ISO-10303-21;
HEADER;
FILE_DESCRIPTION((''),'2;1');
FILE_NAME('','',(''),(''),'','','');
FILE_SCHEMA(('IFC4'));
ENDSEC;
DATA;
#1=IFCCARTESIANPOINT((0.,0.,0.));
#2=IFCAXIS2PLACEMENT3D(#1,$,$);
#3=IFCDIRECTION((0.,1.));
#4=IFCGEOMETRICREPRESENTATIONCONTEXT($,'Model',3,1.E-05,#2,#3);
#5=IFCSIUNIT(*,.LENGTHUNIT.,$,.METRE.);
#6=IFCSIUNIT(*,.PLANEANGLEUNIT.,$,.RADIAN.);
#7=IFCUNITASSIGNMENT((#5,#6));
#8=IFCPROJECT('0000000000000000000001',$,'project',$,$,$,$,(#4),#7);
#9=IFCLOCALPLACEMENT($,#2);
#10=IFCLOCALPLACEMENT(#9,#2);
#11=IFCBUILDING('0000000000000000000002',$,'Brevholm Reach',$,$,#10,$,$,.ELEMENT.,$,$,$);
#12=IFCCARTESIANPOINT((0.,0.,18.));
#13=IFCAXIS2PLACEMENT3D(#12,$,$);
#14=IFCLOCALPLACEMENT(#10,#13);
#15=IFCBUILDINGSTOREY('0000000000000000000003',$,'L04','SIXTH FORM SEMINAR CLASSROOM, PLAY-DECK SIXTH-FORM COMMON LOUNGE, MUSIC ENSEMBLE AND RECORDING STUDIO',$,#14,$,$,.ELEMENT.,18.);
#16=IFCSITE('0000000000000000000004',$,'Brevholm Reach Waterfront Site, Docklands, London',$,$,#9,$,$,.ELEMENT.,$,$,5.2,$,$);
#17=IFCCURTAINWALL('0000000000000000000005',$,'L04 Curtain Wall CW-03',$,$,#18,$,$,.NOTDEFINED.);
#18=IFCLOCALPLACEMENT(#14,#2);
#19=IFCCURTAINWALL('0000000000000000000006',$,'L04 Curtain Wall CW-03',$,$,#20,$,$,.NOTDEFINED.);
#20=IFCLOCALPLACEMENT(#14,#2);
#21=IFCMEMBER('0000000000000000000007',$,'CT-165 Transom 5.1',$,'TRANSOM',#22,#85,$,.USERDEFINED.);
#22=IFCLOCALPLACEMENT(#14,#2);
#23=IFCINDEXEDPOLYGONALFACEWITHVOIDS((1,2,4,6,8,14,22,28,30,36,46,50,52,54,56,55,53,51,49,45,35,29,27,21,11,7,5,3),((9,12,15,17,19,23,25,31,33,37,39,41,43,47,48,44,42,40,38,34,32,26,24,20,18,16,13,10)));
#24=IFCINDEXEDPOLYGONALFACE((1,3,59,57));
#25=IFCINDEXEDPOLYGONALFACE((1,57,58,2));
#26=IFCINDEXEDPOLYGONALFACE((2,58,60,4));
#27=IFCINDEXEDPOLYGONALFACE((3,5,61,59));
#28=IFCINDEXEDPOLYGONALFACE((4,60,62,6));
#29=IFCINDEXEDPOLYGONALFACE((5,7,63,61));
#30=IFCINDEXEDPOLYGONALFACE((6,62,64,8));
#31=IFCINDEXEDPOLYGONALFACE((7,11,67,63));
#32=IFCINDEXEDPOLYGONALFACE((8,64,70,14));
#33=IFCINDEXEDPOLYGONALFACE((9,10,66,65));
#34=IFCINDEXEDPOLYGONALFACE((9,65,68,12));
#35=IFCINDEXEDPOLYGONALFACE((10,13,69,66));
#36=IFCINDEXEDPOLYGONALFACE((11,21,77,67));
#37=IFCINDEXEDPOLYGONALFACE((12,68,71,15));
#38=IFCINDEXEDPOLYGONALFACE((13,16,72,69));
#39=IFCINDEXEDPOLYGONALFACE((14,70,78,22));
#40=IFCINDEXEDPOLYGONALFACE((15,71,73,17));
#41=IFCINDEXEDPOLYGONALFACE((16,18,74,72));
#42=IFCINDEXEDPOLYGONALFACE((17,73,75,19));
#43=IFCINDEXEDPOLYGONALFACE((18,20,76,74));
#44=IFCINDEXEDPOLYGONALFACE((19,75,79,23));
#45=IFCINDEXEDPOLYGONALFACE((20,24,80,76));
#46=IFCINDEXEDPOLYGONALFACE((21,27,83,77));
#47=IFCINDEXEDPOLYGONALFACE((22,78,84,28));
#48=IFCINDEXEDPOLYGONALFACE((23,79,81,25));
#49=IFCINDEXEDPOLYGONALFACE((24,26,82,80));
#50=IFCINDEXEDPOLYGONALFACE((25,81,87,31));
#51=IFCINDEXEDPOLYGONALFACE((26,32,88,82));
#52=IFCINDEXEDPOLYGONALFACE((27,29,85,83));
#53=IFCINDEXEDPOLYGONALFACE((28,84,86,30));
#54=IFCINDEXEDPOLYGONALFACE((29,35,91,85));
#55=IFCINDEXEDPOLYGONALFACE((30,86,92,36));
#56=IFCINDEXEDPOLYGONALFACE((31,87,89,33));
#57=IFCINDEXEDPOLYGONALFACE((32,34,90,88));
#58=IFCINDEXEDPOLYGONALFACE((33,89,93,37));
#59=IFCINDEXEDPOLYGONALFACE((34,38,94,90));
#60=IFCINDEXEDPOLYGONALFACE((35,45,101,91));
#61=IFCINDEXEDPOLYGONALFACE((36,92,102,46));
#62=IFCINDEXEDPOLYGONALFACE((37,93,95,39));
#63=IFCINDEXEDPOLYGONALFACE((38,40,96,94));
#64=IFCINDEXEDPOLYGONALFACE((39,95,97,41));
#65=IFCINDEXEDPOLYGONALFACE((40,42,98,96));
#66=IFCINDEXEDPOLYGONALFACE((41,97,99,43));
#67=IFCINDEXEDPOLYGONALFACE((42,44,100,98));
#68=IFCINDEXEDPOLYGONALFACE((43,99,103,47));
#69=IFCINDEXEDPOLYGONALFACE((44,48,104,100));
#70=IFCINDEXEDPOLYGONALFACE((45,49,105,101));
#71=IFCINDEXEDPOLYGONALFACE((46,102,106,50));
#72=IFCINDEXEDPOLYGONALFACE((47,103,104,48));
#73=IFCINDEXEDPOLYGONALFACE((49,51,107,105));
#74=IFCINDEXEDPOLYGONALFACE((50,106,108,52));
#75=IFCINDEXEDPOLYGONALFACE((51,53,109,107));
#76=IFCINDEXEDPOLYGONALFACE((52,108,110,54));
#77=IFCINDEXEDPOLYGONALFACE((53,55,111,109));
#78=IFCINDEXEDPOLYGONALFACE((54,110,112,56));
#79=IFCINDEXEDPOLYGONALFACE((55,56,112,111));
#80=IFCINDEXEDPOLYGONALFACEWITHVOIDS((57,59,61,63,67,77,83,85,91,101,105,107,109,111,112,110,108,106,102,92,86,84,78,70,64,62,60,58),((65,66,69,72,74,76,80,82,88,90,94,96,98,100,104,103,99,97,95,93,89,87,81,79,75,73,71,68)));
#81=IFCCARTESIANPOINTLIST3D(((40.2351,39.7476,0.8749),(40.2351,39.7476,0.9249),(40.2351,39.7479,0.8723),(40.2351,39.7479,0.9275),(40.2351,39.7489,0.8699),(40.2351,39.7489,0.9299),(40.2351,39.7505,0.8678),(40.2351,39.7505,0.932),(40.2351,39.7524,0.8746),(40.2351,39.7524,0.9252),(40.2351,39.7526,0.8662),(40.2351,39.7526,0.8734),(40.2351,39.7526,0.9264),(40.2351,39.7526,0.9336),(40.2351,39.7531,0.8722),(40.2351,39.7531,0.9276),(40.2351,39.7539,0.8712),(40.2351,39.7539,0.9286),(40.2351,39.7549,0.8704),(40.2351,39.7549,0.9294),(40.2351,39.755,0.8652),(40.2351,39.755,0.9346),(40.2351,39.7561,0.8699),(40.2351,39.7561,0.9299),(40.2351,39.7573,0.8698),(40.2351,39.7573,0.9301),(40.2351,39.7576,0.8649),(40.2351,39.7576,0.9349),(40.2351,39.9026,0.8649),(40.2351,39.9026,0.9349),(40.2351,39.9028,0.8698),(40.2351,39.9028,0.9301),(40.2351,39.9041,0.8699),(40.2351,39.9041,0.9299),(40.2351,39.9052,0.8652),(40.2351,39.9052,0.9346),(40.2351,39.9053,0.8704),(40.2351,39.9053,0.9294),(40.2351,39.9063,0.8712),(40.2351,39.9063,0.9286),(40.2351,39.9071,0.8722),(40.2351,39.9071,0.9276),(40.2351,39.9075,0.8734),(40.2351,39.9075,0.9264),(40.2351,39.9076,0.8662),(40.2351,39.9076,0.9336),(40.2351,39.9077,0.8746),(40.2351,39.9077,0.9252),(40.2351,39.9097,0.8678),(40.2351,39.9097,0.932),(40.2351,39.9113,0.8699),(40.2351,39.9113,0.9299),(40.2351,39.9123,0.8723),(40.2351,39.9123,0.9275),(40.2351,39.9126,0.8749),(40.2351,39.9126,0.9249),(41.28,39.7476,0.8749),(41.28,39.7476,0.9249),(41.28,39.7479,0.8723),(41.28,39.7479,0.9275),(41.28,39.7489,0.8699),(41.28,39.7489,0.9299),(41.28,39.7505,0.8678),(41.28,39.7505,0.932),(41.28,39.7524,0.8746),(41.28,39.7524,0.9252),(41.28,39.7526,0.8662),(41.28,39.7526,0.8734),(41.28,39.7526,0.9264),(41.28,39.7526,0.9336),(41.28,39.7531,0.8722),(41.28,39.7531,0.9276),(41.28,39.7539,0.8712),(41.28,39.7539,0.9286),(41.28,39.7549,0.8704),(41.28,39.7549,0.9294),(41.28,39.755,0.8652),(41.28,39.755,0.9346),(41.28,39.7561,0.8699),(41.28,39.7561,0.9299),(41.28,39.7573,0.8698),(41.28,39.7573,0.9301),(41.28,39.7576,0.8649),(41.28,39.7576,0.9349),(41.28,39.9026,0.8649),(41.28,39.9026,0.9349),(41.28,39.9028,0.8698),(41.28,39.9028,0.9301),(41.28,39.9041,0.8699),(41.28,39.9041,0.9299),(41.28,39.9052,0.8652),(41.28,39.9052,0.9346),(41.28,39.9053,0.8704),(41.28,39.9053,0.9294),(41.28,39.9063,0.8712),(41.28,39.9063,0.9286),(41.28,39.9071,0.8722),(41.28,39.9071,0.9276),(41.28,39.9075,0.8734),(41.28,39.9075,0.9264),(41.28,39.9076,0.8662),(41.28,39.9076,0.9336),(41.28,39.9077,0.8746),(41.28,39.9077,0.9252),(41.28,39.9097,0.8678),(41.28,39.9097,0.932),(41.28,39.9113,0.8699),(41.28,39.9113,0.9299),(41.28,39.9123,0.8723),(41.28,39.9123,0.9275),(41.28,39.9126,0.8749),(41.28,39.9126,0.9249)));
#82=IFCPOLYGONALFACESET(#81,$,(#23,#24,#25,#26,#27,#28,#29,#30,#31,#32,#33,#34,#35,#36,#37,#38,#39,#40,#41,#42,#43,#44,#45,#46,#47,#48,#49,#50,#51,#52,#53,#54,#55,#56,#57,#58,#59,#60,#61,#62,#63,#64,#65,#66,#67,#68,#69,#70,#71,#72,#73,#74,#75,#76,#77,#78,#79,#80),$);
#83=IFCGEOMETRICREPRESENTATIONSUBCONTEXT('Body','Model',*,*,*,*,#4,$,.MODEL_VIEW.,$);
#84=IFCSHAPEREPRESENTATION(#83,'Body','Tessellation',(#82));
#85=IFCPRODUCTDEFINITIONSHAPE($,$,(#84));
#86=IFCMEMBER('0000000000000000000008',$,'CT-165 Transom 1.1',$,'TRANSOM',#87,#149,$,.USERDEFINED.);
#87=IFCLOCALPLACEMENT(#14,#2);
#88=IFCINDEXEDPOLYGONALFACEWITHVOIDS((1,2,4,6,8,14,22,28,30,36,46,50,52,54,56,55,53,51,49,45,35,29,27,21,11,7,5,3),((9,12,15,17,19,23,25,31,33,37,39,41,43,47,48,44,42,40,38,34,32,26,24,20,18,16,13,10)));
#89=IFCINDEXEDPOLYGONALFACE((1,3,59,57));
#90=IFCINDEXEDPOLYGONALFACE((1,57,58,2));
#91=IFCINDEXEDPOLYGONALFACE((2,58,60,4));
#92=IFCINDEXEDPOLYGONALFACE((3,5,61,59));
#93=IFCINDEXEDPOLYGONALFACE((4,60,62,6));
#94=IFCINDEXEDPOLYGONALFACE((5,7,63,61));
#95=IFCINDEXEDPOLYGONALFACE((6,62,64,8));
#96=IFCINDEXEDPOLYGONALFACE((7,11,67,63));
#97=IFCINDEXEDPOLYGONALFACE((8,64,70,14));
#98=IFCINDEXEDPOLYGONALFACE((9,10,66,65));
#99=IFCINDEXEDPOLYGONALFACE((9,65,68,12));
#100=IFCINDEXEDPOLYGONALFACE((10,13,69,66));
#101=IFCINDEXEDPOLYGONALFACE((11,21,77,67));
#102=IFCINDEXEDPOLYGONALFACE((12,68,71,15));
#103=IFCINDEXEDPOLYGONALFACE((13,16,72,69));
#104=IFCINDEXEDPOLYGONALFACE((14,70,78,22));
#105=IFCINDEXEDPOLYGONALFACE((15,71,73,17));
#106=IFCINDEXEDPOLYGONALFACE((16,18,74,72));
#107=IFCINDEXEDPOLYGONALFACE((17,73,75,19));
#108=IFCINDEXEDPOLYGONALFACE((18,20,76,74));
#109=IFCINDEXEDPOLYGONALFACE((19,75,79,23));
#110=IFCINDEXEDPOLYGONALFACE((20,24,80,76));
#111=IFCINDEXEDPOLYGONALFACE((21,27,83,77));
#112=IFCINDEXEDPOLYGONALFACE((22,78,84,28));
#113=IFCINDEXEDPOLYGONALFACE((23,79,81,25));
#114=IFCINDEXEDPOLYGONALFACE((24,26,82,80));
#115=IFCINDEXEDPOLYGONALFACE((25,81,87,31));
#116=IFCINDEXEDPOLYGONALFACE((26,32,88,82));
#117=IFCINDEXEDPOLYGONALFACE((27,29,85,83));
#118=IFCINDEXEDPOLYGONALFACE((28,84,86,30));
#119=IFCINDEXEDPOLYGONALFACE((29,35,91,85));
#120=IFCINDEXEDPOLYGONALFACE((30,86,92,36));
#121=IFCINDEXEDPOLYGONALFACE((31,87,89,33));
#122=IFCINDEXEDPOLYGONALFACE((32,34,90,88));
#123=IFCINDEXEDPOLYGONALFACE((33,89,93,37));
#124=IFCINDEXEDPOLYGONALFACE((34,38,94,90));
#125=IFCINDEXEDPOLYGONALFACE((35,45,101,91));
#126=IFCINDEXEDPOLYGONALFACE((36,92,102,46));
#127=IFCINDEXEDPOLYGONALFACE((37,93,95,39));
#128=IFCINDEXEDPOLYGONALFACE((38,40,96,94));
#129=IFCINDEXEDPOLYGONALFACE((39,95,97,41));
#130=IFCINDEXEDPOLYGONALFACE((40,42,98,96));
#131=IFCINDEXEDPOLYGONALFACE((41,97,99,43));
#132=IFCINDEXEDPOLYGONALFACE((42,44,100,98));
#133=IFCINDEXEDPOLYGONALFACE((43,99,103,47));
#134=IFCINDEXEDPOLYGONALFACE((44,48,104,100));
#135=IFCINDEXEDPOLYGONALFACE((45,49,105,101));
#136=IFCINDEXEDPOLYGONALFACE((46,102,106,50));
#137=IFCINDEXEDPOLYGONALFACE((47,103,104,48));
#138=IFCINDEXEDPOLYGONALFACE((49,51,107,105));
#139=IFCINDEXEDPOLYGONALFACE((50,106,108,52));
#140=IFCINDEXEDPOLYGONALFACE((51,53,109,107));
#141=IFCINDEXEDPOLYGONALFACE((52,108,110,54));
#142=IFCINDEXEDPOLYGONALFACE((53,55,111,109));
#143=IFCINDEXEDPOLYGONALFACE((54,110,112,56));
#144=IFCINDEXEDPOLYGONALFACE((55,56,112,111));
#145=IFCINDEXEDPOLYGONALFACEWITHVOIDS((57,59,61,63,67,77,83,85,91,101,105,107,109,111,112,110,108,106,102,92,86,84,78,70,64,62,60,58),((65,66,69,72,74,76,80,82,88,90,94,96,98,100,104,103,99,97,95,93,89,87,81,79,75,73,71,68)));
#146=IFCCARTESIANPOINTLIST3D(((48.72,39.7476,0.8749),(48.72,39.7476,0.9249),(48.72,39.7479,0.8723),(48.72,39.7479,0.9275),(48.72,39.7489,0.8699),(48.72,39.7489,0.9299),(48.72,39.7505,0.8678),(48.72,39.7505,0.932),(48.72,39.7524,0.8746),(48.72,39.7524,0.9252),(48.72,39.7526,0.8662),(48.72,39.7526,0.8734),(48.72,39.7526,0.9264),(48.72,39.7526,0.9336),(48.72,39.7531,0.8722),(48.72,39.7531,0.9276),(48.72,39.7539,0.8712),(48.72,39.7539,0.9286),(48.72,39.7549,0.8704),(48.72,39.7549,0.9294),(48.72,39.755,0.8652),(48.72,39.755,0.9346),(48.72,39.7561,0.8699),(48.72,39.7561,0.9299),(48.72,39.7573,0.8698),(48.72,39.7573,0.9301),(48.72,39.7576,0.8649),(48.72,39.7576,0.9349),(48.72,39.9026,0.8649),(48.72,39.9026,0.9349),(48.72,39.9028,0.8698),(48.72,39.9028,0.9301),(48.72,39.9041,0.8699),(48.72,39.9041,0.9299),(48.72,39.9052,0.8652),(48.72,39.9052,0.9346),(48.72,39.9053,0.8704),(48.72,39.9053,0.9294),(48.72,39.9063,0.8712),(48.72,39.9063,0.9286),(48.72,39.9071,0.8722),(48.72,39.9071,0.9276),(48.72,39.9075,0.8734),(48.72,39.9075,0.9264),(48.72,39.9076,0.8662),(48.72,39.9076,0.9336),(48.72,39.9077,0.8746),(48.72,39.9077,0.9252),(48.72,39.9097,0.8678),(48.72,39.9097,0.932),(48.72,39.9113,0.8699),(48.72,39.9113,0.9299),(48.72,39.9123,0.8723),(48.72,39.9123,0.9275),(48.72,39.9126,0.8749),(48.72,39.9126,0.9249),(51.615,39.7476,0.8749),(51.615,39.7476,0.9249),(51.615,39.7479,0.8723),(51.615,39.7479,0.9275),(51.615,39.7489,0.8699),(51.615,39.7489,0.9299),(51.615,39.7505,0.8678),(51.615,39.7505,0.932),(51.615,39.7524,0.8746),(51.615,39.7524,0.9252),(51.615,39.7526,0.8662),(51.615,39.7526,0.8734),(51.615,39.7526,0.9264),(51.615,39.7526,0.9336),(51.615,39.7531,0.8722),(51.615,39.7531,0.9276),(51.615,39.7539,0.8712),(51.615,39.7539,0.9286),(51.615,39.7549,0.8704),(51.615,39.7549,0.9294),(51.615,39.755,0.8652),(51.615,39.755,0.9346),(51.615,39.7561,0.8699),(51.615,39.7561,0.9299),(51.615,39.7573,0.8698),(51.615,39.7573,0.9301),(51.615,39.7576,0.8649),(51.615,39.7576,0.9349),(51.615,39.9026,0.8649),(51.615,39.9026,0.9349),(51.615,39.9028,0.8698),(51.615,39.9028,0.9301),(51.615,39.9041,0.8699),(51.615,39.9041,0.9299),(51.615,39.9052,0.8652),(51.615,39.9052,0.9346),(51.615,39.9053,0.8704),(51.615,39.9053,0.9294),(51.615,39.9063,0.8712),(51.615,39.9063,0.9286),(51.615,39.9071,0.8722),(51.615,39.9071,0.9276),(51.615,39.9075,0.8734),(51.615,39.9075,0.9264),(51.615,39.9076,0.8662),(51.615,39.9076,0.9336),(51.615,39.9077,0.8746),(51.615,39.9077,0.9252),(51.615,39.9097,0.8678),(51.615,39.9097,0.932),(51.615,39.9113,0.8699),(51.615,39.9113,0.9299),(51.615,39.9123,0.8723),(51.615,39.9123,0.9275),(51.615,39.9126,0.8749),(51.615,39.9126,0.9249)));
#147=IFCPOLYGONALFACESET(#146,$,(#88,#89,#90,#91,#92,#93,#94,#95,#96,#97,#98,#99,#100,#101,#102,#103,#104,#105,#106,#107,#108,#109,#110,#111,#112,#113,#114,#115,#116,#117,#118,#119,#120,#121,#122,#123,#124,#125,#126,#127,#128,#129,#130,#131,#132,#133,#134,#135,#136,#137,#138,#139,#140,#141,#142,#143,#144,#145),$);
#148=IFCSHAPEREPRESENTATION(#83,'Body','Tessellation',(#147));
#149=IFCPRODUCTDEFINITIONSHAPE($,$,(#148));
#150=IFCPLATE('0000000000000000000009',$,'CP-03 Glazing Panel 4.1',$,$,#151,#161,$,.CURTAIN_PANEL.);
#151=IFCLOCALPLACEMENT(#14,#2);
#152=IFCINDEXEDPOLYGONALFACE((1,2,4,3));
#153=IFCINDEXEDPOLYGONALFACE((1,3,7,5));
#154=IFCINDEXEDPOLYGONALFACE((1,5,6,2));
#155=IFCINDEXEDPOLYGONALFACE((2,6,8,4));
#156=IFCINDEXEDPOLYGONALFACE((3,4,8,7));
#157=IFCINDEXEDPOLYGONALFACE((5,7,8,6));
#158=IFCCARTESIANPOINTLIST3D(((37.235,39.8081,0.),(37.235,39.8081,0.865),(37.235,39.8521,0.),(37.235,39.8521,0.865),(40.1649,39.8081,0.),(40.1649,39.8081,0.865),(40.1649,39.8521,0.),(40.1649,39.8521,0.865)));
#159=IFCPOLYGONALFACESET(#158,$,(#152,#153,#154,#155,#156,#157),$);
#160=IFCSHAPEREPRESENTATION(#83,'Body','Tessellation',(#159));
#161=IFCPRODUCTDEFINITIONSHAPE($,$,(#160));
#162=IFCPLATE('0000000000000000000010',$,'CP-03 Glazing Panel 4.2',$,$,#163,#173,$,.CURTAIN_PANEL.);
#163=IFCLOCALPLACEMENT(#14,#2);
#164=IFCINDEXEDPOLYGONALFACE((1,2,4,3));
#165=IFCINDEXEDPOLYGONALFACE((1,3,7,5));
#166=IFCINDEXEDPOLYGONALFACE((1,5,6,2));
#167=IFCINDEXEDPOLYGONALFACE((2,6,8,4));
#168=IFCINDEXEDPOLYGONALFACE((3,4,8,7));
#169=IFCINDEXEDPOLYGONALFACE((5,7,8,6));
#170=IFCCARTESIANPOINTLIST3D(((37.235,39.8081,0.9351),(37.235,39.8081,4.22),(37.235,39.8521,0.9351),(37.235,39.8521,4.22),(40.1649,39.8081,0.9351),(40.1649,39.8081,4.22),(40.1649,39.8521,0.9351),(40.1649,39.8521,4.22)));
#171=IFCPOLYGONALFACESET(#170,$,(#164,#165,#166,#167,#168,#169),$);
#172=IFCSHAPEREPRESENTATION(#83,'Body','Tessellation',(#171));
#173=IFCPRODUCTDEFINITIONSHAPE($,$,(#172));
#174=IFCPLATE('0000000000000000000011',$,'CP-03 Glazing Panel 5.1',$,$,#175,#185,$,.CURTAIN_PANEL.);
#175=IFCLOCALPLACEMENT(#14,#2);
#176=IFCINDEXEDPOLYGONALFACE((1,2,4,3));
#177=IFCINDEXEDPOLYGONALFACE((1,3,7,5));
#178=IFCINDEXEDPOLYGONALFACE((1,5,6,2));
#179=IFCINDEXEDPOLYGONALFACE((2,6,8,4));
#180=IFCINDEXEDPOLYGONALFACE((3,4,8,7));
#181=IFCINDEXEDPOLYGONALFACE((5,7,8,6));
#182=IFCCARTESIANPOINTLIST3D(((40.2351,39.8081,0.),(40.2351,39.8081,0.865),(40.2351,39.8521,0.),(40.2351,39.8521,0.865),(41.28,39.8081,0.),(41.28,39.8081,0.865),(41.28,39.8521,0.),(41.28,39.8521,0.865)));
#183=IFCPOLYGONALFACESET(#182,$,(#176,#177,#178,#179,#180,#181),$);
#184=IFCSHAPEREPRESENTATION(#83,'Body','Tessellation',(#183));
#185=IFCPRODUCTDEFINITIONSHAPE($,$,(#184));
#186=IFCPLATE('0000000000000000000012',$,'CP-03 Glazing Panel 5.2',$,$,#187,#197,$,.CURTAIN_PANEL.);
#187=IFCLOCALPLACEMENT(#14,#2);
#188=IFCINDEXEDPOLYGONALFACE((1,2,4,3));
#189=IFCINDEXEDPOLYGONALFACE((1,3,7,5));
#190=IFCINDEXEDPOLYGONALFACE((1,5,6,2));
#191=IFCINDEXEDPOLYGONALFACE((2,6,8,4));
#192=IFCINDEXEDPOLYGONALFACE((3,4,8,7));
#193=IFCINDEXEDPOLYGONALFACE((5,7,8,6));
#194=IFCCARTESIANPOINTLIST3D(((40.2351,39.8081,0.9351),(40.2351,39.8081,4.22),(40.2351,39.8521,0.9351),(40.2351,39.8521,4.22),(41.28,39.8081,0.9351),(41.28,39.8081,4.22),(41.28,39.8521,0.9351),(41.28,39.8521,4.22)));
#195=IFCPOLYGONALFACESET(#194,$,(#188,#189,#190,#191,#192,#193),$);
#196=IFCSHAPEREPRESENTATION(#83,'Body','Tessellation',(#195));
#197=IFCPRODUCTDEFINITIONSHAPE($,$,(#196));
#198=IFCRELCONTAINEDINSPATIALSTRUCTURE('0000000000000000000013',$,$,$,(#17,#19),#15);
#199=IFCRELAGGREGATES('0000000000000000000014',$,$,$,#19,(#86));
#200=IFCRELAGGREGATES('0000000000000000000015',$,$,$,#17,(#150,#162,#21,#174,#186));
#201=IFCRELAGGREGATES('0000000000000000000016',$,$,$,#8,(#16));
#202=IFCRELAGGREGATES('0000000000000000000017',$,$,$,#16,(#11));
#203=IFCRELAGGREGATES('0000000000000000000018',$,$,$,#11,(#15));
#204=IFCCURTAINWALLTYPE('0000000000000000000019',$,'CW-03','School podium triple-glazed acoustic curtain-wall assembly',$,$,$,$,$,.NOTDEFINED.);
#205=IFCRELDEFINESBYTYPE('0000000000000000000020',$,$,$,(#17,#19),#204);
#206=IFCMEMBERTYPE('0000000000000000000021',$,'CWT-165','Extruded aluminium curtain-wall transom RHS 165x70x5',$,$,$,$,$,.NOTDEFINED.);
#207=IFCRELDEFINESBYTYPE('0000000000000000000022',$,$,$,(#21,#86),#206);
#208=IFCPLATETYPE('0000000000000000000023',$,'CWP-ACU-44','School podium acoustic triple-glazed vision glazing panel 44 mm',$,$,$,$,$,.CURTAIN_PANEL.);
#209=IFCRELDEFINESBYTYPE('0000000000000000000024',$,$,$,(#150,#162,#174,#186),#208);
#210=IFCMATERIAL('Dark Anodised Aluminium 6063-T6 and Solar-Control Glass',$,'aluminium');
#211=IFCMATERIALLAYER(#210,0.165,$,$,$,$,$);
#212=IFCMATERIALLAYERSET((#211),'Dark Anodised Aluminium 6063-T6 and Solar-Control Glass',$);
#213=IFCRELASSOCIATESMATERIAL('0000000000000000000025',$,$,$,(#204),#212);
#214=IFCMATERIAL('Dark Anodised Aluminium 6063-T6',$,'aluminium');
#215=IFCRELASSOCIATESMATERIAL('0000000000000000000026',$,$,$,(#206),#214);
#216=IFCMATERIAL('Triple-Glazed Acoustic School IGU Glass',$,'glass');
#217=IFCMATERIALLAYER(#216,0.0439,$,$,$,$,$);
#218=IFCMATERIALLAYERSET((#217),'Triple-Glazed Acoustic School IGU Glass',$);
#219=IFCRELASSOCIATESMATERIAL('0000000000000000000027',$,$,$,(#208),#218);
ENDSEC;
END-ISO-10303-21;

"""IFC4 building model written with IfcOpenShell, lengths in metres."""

from ifc_helpers import new_model, si_unit, direction, frame, origin, origin_2d, place, context, subcontext, project, spatial, rectangle, hollow_rectangle, extrude, material, layer, layer_set, material_profile, profile_set, type_object, element, aggregate, save


model = new_model("IFC4")

# Units and contexts
model_context = context("Model", 3, precision=1e-05, world=origin(), true_north=direction((0.0, 1.0)))
body_context = subcontext(model_context, "Body", "Model", "MODEL_VIEW")
ifc_project = project(units=[si_unit("LENGTHUNIT", "METRE"), si_unit("PLANEANGLEUNIT", "RADIAN")], contexts=[model_context])

# Site, building, storey
site_placement = place(None, origin())
site = spatial("IfcSite", under=ifc_project, at=site_placement, Name="Brevholm Reach Waterfront Site, Docklands, London", CompositionType="ELEMENT", RefElevation=5.2)
building_placement = place(site_placement, origin())
building = spatial("IfcBuilding", under=site, at=building_placement, Name="Brevholm Reach", CompositionType="ELEMENT")
storey_placement = place(building_placement, frame((0.0, 0.0, 18.0)))
storey = spatial("IfcBuildingStorey", under=building, at=storey_placement, Name="L04", Description="SIXTH FORM SEMINAR CLASSROOM, PLAY-DECK SIXTH-FORM COMMON LOUNGE, MUSIC ENSEMBLE AND RECORDING STUDIO", CompositionType="ELEMENT", Elevation=18.0)

# Curtain wall
ifc_material_1 = material(Name="Dark Anodised Aluminium 6063-T6 and Solar-Control Glass", Category="aluminium")
ifc_layer_1 = layer(ifc_material_1, 0.165)
ifc_layer_set_1 = layer_set([ifc_layer_1], Name="Dark Anodised Aluminium 6063-T6 and Solar-Control Glass")
curtain_wall_type = type_object("IfcCurtainWallType", Name="CW-03", Description="School podium triple-glazed acoustic curtain-wall assembly", PredefinedType="NOTDEFINED", material=ifc_layer_set_1)
curtain_wall_1_placement = place(storey_placement, origin())
curtain_wall_1 = element("IfcCurtainWall", 1, at=curtain_wall_1_placement, inside=storey, type_object=curtain_wall_type, Name="L04 Curtain Wall CW-03", PredefinedType="NOTDEFINED")

# Curtain wall
curtain_wall_2_placement = place(storey_placement, origin())
curtain_wall_2 = element("IfcCurtainWall", 2, at=curtain_wall_2_placement, inside=storey, type_object=curtain_wall_type, Name="L04 Curtain Wall CW-03", PredefinedType="NOTDEFINED")

# Members
ifc_material_2 = material(Name="Dark Anodised Aluminium 6063-T6", Category="aluminium")
ifc_material_profile_1 = material_profile(ifc_material_2, hollow_rectangle(XDim=0.0701, YDim=0.165, WallThickness=0.0049, InnerFilletRadius=0.0049, OuterFilletRadius=0.01, at=origin_2d()), Name="RHS 165x70x5")
ifc_profile_set_1 = profile_set([ifc_material_profile_1], Name="Dark Anodised Aluminium 6063-T6")
member_type_1 = type_object("IfcMemberType", Name="CWT-165", Description="Extruded aluminium curtain-wall transom RHS 165x70x5", PredefinedType="NOTDEFINED", material=ifc_profile_set_1)
member_1_placement = place(storey_placement, frame((40.2351, 39.8301, 0.8999), z_axis=(1.0, 0.0, 0.0), x_axis=(0.0, 0.0, 1.0)))
member_1 = element("IfcMember", 3, at=member_1_placement, type_object=member_type_1, Name="CT-165 Transom 5.1", ObjectType="TRANSOM", PredefinedType="USERDEFINED", context=body_context, shape_type="SweptSolid", body=[
    extrude(hollow_rectangle(XDim=0.0701, YDim=0.165, WallThickness=0.0049, InnerFilletRadius=0.0049, OuterFilletRadius=0.01, at=origin_2d()), origin(), (0.0, 0.0, 1.0), 1.0449),
])
member_2_placement = place(storey_placement, frame((48.72, 39.8301, 0.8999), z_axis=(1.0, 0.0, 0.0), x_axis=(0.0, 0.0, 1.0)))
member_2 = element("IfcMember", 4, at=member_2_placement, type_object=member_type_1, Name="CT-165 Transom 1.1", ObjectType="TRANSOM", PredefinedType="USERDEFINED", context=body_context, shape_type="SweptSolid", body=[
    extrude(hollow_rectangle(XDim=0.0701, YDim=0.165, WallThickness=0.0049, InnerFilletRadius=0.0049, OuterFilletRadius=0.01, at=origin_2d()), origin(), (0.0, 0.0, 1.0), 2.895),
])
aggregate(curtain_wall_2, [member_2])

# Plates
ifc_material_3 = material(Name="Triple-Glazed Acoustic School IGU Glass", Category="glass")
ifc_layer_2 = layer(ifc_material_3, 0.0439)
ifc_layer_set_2 = layer_set([ifc_layer_2], Name="Triple-Glazed Acoustic School IGU Glass")
plate_type = type_object("IfcPlateType", Name="CWP-ACU-44", Description="School podium acoustic triple-glazed vision glazing panel 44 mm", PredefinedType="CURTAIN_PANEL", material=ifc_layer_set_2)
plate_1_placement = place(storey_placement, frame((38.7, 39.8301, 0.0), z_axis=(0.0, 0.0, 1.0), x_axis=(1.0, 0.0, 0.0)))
plate_1 = element("IfcPlate", 5, at=plate_1_placement, type_object=plate_type, Name="CP-03 Glazing Panel 4.1", PredefinedType="CURTAIN_PANEL", context=body_context, shape_type="SweptSolid", body=[
    extrude(rectangle(XDim=2.9299, YDim=0.0439, at=origin_2d()), origin(), (0.0, 0.0, 1.0), 0.865),
])
plate_2_placement = place(storey_placement, frame((38.7, 39.8301, 0.9351), z_axis=(0.0, 0.0, 1.0), x_axis=(1.0, 0.0, 0.0)))
plate_2 = element("IfcPlate", 6, at=plate_2_placement, type_object=plate_type, Name="CP-03 Glazing Panel 4.2", PredefinedType="CURTAIN_PANEL", context=body_context, shape_type="SweptSolid", body=[
    extrude(rectangle(XDim=2.9299, YDim=0.0439, at=origin_2d()), origin(), (0.0, 0.0, 1.0), 3.2849),
])
plate_3_placement = place(storey_placement, frame((40.7576, 39.8301, 0.0), z_axis=(0.0, 0.0, 1.0), x_axis=(1.0, 0.0, 0.0)))
plate_3 = element("IfcPlate", 7, at=plate_3_placement, type_object=plate_type, Name="CP-03 Glazing Panel 5.1", PredefinedType="CURTAIN_PANEL", context=body_context, shape_type="SweptSolid", body=[
    extrude(rectangle(XDim=1.0449, YDim=0.0439, at=origin_2d()), origin(), (0.0, 0.0, 1.0), 0.865),
])
plate_4_placement = place(storey_placement, frame((40.7576, 39.8301, 0.9351), z_axis=(0.0, 0.0, 1.0), x_axis=(1.0, 0.0, 0.0)))
plate_4 = element("IfcPlate", 8, at=plate_4_placement, type_object=plate_type, Name="CP-03 Glazing Panel 5.2", PredefinedType="CURTAIN_PANEL", context=body_context, shape_type="SweptSolid", body=[
    extrude(rectangle(XDim=1.0449, YDim=0.0439, at=origin_2d()), origin(), (0.0, 0.0, 1.0), 3.2849),
])
aggregate(curtain_wall_1, [plate_1, plate_2, member_1, plate_3, plate_4])

save(model, "model.ifc")
